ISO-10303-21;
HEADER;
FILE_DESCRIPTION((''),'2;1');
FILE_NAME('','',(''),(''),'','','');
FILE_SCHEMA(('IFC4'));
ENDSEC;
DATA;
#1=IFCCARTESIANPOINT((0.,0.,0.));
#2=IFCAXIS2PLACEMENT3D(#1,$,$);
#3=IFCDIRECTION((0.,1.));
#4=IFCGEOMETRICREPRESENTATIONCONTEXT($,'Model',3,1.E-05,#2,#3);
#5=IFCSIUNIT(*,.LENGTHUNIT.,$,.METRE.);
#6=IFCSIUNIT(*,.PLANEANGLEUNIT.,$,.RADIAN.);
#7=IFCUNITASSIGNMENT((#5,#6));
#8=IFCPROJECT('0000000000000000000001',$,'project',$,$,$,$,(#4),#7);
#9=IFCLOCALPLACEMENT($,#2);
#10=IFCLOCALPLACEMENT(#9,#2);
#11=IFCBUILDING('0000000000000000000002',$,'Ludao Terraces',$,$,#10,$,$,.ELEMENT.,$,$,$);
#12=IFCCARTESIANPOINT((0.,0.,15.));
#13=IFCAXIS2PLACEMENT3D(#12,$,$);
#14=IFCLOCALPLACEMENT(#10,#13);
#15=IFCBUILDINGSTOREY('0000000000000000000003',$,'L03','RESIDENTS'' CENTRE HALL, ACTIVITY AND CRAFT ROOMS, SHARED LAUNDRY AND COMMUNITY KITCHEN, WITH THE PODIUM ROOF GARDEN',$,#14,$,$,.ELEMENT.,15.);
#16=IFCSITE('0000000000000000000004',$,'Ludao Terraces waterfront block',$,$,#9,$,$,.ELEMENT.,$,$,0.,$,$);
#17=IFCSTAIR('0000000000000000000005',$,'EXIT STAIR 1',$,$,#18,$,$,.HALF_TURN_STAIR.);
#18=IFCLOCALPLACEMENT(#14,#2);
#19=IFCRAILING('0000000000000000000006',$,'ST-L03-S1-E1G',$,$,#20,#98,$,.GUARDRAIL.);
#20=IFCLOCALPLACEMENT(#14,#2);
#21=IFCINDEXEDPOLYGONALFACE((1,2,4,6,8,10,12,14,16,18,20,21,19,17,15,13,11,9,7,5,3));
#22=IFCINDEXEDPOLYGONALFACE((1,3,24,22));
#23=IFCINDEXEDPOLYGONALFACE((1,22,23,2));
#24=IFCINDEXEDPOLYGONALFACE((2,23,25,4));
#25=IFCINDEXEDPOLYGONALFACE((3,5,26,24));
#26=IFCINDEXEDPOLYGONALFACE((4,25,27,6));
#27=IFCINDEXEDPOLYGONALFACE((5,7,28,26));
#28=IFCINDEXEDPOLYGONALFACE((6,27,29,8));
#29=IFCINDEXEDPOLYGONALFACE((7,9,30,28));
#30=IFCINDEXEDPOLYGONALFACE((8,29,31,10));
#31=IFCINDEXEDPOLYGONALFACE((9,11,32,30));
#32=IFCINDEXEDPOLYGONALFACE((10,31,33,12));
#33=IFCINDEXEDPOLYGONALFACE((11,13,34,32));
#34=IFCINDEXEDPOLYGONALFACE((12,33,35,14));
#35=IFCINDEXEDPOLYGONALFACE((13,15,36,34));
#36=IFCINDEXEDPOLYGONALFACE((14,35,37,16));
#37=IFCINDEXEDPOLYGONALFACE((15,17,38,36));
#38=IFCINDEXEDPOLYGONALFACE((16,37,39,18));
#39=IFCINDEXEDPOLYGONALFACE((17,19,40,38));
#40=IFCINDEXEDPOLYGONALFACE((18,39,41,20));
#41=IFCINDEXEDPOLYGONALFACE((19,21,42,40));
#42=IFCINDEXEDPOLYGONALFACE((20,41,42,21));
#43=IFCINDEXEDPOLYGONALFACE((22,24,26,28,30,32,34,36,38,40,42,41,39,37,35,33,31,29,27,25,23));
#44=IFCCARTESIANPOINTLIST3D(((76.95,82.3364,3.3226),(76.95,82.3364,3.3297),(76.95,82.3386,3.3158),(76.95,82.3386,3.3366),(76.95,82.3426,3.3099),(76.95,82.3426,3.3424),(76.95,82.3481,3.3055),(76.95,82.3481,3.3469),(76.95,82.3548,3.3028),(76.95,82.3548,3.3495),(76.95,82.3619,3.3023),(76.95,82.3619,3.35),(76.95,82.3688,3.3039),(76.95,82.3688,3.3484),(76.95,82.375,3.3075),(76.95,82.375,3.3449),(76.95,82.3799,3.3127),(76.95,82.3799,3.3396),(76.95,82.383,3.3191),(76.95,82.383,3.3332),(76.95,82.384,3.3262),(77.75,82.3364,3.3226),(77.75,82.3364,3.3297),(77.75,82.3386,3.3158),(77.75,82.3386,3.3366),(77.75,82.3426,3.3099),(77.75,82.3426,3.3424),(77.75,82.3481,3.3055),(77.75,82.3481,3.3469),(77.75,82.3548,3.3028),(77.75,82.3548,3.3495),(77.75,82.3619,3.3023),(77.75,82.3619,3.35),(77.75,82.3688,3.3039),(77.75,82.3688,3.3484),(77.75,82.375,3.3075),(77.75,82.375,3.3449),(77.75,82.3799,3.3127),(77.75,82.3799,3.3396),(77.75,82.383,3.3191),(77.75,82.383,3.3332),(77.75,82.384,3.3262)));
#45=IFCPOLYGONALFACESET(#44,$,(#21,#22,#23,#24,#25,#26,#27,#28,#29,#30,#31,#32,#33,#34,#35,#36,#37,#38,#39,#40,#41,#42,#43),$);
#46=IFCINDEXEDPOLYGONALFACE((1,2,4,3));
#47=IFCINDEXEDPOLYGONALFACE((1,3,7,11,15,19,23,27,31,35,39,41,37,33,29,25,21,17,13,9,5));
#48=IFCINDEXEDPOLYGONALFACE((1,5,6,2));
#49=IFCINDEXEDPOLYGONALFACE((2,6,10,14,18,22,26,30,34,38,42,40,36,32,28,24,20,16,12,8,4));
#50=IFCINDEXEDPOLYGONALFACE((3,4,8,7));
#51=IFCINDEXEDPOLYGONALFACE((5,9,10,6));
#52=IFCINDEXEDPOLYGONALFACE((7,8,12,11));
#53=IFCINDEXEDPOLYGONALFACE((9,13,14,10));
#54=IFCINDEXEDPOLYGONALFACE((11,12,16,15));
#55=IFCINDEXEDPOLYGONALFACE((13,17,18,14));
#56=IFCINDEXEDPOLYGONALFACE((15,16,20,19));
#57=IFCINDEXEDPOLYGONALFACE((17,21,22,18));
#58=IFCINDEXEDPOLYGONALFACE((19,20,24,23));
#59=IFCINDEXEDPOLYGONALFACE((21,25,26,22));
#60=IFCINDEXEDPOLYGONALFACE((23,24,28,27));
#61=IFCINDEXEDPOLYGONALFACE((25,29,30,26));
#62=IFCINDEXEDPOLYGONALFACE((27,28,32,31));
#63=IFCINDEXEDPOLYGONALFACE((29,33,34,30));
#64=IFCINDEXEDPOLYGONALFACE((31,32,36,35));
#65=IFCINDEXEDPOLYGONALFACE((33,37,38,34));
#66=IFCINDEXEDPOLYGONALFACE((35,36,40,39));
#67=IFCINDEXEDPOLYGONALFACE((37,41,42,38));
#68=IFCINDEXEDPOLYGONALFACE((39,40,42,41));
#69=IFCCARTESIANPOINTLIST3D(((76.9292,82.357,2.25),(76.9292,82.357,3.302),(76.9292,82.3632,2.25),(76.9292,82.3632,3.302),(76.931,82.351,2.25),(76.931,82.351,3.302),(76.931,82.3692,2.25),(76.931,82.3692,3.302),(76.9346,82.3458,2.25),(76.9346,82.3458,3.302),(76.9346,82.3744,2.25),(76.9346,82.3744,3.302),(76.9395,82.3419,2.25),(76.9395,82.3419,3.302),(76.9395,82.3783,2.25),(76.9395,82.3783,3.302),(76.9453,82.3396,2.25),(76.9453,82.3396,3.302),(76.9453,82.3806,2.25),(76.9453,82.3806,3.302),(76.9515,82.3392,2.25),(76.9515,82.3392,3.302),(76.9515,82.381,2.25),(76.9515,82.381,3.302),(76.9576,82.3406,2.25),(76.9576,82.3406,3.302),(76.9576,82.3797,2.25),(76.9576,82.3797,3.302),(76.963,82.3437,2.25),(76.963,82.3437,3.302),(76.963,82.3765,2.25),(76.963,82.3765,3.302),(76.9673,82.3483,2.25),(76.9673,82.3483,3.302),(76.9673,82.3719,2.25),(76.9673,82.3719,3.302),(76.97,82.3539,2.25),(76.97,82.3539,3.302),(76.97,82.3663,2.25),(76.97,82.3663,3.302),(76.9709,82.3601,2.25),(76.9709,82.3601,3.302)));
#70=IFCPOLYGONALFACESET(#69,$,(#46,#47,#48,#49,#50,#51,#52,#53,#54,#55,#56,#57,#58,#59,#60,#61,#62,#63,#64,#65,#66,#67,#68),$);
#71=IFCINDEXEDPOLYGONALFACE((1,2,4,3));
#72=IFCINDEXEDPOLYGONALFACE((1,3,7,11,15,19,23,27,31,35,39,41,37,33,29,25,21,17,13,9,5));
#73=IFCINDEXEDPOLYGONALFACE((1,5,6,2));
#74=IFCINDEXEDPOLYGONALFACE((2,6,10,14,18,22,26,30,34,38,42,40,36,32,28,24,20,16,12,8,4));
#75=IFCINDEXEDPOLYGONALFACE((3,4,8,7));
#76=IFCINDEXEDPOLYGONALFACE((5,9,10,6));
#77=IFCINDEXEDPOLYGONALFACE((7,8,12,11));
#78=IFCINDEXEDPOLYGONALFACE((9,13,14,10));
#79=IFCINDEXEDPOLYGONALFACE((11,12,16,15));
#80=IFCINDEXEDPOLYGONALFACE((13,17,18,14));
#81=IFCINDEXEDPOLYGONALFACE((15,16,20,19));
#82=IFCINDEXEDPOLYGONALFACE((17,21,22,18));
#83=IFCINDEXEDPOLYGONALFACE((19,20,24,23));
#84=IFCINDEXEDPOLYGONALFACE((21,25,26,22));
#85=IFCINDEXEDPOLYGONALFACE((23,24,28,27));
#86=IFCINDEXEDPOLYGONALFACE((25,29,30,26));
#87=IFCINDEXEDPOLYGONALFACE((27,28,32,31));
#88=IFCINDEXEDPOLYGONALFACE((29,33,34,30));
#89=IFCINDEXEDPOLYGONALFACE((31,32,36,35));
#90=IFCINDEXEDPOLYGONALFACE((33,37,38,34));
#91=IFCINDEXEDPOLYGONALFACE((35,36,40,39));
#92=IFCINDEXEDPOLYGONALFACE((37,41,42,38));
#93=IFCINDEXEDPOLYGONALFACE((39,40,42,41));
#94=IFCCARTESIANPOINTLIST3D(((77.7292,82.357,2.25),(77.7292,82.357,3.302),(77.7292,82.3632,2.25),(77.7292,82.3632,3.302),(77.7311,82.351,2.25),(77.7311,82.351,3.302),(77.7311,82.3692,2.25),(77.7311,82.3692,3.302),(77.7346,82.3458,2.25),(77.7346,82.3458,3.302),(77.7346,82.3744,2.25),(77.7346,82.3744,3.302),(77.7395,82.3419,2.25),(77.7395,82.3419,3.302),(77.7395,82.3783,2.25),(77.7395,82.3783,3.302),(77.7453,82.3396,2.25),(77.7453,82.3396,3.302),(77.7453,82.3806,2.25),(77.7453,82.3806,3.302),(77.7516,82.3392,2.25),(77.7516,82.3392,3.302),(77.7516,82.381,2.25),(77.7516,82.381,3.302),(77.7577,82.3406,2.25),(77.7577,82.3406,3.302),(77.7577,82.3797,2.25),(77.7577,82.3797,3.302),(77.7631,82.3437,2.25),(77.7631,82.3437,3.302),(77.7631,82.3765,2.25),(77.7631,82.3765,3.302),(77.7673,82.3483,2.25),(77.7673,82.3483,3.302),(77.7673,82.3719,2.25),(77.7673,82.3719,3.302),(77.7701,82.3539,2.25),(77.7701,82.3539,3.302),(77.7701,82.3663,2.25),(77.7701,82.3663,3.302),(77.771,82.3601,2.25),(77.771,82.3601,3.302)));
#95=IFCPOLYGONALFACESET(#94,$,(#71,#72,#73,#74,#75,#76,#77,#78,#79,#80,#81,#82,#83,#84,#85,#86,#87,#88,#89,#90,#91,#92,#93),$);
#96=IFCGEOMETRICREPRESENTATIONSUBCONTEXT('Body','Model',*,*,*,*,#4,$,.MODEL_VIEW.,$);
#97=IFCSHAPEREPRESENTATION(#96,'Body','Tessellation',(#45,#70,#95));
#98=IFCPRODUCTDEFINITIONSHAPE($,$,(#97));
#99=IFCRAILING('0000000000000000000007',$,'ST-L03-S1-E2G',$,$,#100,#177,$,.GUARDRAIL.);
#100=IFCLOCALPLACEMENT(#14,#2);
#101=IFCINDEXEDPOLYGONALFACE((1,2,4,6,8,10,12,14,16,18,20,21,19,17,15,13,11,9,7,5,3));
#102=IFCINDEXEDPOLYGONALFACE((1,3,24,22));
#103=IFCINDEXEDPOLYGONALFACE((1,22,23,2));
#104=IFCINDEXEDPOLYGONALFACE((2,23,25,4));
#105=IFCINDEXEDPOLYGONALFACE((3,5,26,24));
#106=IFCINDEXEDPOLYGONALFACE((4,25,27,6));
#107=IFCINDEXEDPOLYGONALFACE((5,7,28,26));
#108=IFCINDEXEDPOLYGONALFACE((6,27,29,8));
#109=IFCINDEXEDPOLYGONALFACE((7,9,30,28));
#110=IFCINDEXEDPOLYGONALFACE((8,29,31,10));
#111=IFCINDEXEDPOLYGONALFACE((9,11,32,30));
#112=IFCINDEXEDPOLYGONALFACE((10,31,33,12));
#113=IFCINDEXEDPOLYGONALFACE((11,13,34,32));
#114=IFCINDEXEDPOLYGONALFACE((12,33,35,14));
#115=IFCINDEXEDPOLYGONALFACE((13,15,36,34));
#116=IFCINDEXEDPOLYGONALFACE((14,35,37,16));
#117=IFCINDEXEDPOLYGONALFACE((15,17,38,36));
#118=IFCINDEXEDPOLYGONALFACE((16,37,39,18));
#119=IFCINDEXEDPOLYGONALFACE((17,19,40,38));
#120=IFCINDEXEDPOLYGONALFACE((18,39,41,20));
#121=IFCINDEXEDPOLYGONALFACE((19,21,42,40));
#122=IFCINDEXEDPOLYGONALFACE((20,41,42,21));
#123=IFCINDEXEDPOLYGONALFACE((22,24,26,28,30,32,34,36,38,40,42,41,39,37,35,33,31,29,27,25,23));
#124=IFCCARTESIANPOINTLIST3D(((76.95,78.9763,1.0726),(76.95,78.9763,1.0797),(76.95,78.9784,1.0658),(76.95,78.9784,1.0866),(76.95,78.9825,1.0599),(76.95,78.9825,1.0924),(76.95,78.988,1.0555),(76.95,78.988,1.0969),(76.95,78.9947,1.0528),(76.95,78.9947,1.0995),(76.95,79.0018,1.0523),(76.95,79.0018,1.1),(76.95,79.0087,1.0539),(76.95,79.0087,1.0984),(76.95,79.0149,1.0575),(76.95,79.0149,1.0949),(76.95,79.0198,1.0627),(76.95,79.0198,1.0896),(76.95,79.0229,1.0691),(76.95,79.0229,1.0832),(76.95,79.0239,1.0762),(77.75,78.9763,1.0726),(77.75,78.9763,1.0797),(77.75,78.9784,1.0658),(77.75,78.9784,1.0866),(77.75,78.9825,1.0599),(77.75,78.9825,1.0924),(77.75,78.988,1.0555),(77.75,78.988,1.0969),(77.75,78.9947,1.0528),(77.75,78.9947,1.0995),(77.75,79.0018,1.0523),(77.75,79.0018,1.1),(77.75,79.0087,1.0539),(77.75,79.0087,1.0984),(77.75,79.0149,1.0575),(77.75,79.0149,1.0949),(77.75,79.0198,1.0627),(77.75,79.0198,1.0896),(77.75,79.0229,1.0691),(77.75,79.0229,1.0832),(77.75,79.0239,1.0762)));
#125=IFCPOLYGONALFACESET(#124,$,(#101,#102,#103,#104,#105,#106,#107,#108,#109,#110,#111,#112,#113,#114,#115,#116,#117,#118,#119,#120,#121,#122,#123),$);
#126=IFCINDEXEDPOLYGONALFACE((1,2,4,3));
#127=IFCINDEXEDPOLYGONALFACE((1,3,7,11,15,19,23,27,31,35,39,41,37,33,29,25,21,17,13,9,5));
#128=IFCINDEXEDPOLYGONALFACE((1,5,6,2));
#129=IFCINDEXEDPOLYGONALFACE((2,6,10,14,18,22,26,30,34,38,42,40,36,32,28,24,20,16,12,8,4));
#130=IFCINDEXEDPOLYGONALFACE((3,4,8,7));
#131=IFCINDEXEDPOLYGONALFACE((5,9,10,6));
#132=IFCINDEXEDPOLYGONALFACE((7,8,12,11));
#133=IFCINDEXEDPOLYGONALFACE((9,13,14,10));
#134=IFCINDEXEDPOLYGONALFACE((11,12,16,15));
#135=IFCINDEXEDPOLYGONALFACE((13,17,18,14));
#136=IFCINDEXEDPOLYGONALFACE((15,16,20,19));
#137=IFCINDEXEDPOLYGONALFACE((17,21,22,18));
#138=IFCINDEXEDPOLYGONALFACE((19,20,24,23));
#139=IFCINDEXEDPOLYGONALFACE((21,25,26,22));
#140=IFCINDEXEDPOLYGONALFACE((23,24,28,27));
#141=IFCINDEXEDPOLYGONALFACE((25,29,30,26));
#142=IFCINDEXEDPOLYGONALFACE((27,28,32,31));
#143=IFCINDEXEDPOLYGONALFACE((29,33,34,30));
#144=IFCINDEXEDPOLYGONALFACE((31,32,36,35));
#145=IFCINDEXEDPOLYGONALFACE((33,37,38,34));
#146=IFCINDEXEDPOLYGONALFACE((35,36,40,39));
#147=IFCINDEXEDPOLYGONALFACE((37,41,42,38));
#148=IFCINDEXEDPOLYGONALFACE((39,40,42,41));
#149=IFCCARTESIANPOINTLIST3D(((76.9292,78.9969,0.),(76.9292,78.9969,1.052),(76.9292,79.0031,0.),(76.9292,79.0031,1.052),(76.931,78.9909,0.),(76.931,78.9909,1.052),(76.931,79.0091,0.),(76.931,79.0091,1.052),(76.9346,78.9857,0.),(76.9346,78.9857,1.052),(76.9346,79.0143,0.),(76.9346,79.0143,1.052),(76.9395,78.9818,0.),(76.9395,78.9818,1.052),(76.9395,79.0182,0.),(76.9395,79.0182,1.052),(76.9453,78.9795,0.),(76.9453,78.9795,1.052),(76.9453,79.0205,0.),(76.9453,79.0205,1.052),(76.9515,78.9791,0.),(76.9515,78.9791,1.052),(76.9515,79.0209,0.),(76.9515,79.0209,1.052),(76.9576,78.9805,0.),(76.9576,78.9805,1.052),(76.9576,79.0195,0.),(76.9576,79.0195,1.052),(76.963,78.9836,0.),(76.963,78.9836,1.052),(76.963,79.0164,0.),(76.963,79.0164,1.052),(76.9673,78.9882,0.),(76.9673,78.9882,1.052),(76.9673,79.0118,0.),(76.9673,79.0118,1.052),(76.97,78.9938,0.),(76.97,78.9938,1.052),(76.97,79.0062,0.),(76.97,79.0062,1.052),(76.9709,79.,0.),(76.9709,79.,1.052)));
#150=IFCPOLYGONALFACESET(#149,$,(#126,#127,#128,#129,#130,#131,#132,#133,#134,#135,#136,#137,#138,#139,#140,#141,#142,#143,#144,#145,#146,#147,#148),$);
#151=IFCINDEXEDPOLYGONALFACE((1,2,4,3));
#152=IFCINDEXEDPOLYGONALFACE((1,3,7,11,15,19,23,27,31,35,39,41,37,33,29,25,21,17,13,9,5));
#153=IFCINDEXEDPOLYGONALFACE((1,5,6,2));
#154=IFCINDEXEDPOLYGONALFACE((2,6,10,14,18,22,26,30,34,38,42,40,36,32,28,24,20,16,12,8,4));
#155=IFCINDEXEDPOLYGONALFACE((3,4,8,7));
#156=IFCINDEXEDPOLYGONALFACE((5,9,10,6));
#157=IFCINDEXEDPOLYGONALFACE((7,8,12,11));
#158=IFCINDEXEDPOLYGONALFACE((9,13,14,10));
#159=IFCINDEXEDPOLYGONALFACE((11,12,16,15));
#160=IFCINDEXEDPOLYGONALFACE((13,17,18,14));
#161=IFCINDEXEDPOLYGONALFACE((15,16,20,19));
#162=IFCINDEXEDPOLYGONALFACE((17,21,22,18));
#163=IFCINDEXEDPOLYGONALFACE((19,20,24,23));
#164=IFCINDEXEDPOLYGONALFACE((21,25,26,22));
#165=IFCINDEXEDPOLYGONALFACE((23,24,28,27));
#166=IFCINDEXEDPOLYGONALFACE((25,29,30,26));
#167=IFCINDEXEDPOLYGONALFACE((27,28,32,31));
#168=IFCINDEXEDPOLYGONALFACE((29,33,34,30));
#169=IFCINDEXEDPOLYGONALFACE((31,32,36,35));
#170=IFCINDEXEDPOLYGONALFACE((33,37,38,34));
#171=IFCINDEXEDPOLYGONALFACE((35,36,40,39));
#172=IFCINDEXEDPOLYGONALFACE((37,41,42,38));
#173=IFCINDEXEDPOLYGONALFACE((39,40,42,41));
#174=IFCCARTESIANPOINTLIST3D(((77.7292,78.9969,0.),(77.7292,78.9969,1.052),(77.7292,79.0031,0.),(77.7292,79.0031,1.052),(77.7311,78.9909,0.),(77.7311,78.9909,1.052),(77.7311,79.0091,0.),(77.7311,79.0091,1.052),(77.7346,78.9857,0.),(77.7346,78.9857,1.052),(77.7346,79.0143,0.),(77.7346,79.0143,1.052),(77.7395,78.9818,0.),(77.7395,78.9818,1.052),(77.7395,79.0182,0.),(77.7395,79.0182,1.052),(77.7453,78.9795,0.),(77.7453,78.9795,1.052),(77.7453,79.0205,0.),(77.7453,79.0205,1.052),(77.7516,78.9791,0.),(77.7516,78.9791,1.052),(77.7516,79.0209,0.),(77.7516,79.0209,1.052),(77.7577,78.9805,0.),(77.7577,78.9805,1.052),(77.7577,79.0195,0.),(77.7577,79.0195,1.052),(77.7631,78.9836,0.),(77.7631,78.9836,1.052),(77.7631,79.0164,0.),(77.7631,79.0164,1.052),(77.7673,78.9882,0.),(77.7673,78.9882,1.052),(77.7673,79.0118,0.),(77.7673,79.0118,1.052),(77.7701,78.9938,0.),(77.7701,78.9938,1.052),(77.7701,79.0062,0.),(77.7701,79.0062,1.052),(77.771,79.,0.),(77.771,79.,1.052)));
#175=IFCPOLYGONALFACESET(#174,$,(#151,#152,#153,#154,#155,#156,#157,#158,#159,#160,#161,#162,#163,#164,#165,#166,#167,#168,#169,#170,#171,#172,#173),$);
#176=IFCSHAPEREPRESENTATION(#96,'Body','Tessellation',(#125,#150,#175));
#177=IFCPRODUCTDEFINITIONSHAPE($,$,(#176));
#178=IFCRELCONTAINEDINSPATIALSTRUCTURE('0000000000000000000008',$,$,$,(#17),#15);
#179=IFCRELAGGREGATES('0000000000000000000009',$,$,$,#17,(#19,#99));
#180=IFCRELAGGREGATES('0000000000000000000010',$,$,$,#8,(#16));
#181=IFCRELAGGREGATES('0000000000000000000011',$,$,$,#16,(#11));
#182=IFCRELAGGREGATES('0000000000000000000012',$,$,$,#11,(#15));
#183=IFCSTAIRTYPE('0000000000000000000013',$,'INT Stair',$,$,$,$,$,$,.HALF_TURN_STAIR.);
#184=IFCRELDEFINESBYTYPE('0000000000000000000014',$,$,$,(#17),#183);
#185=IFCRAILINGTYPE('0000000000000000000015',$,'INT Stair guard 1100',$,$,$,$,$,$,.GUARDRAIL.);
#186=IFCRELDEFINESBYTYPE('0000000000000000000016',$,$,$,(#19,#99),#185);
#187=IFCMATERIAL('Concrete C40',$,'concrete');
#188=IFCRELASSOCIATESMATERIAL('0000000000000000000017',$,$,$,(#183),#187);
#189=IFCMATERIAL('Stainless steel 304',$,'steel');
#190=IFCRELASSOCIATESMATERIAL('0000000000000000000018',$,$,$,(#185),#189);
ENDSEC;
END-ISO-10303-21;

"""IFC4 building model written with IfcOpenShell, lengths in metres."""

from ifc_helpers import new_model, si_unit, direction, frame, origin, origin_2d, place, context, subcontext, project, spatial, circle, extrude, material, type_object, element, aggregate, save


model = new_model("IFC4")

# Units and contexts
model_context = context("Model", 3, precision=1e-05, world=origin(), true_north=direction((0.0, 1.0)))
body_context = subcontext(model_context, "Body", "Model", "MODEL_VIEW")
ifc_project = project(units=[si_unit("LENGTHUNIT", "METRE"), si_unit("PLANEANGLEUNIT", "RADIAN")], contexts=[model_context])

# Site, building, storey
site_placement = place(None, origin())
site = spatial("IfcSite", under=ifc_project, at=site_placement, Name="Ludao Terraces waterfront block", CompositionType="ELEMENT", RefElevation=0.0)
building_placement = place(site_placement, origin())
building = spatial("IfcBuilding", under=site, at=building_placement, Name="Ludao Terraces", CompositionType="ELEMENT")
storey_placement = place(building_placement, frame((0.0, 0.0, 15.0)))
storey = spatial("IfcBuildingStorey", under=building, at=storey_placement, Name="L03", Description="RESIDENTS' CENTRE HALL, ACTIVITY AND CRAFT ROOMS, SHARED LAUNDRY AND COMMUNITY KITCHEN, WITH THE PODIUM ROOF GARDEN", CompositionType="ELEMENT", Elevation=15.0)

# Shared definitions
ifc_material_1 = material(Name="Stainless steel 304", Category="steel")

# Stair, railings
ifc_material_2 = material(Name="Concrete C40", Category="concrete")
stair_type = type_object("IfcStairType", Name="INT Stair", PredefinedType="HALF_TURN_STAIR", material=ifc_material_2)
stair_placement = place(storey_placement, origin())
stair = element("IfcStair", 1, at=stair_placement, inside=storey, type_object=stair_type, Name="EXIT STAIR 1", PredefinedType="HALF_TURN_STAIR")
railing_type_1 = type_object("IfcRailingType", Name="INT Stair guard 1100", PredefinedType="GUARDRAIL", material=ifc_material_1)
railing_1_placement = place(storey_placement, frame((76.95, 82.3601, 2.25)))
railing_1 = element("IfcRailing", 2, at=railing_1_placement, type_object=railing_type_1, Name="ST-L03-S1-E1G", PredefinedType="GUARDRAIL", context=body_context, shape_type="SweptSolid", body=[
    extrude(circle(Radius=0.0239, at=origin_2d()), frame((0.0, 0.0, 1.0762), z_axis=(1.0, 0.0, 0.0), x_axis=(0.0, 1.0, 0.0)), (0.0, 0.0, 1.0), 0.8),
    extrude(circle(Radius=0.021, at=origin_2d()), origin(), (0.0, 0.0, 1.0), 1.052),
    extrude(circle(Radius=0.021, at=origin_2d()), frame((0.8, 0.0, 0.0)), (0.0, 0.0, 1.0), 1.052),
])
railing_2_placement = place(storey_placement, frame((76.95, 79.0, 0.0)))
railing_2 = element("IfcRailing", 3, at=railing_2_placement, type_object=railing_type_1, Name="ST-L03-S1-E2G", PredefinedType="GUARDRAIL", context=body_context, shape_type="SweptSolid", body=[
    extrude(circle(Radius=0.0239, at=origin_2d()), frame((0.0, 0.0, 1.0762), z_axis=(1.0, 0.0, 0.0), x_axis=(0.0, 1.0, 0.0)), (0.0, 0.0, 1.0), 0.8),
    extrude(circle(Radius=0.021, at=origin_2d()), origin(), (0.0, 0.0, 1.0), 1.052),
    extrude(circle(Radius=0.021, at=origin_2d()), frame((0.8, 0.0, 0.0)), (0.0, 0.0, 1.0), 1.052),
])
aggregate(stair, [railing_1, railing_2])

save(model, "model.ifc")
